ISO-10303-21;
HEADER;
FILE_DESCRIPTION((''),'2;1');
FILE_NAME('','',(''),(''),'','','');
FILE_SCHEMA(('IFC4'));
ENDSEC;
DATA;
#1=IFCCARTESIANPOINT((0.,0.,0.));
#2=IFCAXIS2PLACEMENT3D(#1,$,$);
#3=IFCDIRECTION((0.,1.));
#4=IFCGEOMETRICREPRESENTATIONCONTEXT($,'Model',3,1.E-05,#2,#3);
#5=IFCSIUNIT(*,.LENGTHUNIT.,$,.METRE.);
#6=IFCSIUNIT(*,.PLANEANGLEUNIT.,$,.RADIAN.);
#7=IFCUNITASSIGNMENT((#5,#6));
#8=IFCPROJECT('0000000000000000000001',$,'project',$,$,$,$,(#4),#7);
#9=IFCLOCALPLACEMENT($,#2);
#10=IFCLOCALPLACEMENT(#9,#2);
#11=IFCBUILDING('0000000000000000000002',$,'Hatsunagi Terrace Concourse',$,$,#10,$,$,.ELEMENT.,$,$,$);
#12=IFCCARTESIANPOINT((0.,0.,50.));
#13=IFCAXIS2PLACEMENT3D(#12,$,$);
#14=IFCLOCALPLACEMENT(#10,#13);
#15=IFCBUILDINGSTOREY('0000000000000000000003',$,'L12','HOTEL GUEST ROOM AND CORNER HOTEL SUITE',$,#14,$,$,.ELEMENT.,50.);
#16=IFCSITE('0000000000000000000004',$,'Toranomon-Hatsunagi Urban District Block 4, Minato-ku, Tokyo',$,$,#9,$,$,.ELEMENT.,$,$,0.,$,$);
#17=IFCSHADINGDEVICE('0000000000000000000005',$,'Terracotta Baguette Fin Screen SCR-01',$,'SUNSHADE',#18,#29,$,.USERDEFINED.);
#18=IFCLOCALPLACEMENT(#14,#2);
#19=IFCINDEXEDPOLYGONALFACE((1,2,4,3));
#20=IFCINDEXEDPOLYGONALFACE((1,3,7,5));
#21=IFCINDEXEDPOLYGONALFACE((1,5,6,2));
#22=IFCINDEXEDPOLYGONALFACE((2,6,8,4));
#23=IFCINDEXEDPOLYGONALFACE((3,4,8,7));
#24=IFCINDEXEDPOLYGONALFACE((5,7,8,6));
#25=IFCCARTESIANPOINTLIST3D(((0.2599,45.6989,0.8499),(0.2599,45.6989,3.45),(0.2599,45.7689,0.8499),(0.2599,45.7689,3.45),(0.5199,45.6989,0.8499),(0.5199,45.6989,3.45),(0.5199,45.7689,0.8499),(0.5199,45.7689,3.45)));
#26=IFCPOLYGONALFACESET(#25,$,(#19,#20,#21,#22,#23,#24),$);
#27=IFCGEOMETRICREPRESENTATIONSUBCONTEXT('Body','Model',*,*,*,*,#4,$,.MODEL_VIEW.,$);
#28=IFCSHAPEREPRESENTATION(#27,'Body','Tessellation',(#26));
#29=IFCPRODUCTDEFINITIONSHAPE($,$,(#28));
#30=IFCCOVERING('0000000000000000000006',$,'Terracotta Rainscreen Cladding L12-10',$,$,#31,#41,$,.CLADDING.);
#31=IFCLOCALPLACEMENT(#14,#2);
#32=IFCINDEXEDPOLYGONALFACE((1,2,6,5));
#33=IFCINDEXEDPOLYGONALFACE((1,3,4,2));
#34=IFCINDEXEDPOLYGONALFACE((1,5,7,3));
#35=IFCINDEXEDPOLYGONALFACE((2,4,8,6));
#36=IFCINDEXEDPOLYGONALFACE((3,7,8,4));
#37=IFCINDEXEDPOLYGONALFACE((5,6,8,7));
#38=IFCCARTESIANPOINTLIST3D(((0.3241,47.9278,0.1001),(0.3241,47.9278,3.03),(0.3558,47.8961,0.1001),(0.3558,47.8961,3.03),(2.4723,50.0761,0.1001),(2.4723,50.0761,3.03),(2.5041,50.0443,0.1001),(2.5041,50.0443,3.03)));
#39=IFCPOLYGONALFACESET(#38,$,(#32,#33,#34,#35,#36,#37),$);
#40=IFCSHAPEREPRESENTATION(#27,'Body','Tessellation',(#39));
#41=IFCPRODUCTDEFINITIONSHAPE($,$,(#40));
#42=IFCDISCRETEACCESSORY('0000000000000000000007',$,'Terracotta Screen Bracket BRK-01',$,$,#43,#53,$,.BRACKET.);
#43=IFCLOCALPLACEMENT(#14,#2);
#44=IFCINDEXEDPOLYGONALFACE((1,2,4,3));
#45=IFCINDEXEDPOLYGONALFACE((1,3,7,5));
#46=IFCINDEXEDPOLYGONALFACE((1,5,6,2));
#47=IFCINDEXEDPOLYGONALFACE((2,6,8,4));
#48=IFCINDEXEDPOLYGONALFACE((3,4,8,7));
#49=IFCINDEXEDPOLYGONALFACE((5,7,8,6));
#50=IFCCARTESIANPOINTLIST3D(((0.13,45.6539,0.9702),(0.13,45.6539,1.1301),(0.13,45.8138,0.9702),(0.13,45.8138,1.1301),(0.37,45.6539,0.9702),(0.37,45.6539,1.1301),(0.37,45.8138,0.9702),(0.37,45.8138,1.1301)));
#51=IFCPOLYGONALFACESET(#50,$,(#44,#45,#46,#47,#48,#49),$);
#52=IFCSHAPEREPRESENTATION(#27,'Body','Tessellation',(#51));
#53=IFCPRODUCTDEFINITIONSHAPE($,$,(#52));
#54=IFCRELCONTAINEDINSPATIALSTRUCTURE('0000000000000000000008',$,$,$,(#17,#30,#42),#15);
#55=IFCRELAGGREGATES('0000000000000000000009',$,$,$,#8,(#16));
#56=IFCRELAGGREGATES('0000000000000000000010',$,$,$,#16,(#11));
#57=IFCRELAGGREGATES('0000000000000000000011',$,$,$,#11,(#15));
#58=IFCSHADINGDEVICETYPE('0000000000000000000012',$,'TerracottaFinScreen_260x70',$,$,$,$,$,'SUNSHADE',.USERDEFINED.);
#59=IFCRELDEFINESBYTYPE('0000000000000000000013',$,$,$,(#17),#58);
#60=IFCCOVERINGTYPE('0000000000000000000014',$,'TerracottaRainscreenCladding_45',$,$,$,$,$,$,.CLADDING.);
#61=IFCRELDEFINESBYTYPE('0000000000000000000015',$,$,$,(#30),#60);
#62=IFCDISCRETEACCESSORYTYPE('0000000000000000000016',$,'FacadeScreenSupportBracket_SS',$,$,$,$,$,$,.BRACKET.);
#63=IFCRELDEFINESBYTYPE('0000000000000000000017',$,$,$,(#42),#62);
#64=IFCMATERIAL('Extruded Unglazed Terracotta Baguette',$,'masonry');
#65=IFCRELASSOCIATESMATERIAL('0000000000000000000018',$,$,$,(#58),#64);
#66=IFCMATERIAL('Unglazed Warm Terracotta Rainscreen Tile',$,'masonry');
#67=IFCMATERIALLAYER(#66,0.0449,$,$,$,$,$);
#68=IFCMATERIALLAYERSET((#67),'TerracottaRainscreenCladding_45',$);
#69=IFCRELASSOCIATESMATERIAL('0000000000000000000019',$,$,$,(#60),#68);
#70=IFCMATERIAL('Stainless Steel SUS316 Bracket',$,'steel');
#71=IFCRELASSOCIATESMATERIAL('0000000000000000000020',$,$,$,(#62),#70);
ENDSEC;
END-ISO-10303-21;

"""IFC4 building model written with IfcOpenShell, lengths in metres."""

from ifc_helpers import new_model, si_unit, direction, frame, origin, origin_2d, place, context, subcontext, project, spatial, rectangle, extrude, material, layer, layer_set, type_object, element, save


model = new_model("IFC4")

# Units and contexts
model_context = context("Model", 3, precision=1e-05, world=origin(), true_north=direction((0.0, 1.0)))
body_context = subcontext(model_context, "Body", "Model", "MODEL_VIEW")
ifc_project = project(units=[si_unit("LENGTHUNIT", "METRE"), si_unit("PLANEANGLEUNIT", "RADIAN")], contexts=[model_context])

# Site, building, storey
site_placement = place(None, origin())
site = spatial("IfcSite", under=ifc_project, at=site_placement, Name="Toranomon-Hatsunagi Urban District Block 4, Minato-ku, Tokyo", CompositionType="ELEMENT", RefElevation=0.0)
building_placement = place(site_placement, origin())
building = spatial("IfcBuilding", under=site, at=building_placement, Name="Hatsunagi Terrace Concourse", CompositionType="ELEMENT")
storey_placement = place(building_placement, frame((0.0, 0.0, 50.0)))
storey = spatial("IfcBuildingStorey", under=building, at=storey_placement, Name="L12", Description="HOTEL GUEST ROOM AND CORNER HOTEL SUITE", CompositionType="ELEMENT", Elevation=50.0)

# Shading device
ifc_material_1 = material(Name="Extruded Unglazed Terracotta Baguette", Category="masonry")
shading_device_type = type_object("IfcShadingDeviceType", Name="TerracottaFinScreen_260x70", ElementType="SUNSHADE", PredefinedType="USERDEFINED", material=ifc_material_1)
shading_device_placement = place(storey_placement, frame((0.3899, 45.7339, 0.8499), z_axis=(0.0, 0.0, 1.0), x_axis=(0.0, 1.0, 0.0)))
element("IfcShadingDevice", 1, at=shading_device_placement, inside=storey, type_object=shading_device_type, Name="Terracotta Baguette Fin Screen SCR-01", ObjectType="SUNSHADE", PredefinedType="USERDEFINED", context=body_context, shape_type="SweptSolid", body=[
    extrude(rectangle(XDim=0.0701, YDim=0.26, at=origin_2d()), origin(), (0.0, 0.0, 1.0), 2.6001),
])

# Covering
ifc_material_2 = material(Name="Unglazed Warm Terracotta Rainscreen Tile", Category="masonry")
ifc_layer_1 = layer(ifc_material_2, 0.0449)
ifc_layer_set_1 = layer_set([ifc_layer_1], Name="TerracottaRainscreenCladding_45")
covering_type = type_object("IfcCoveringType", Name="TerracottaRainscreenCladding_45", PredefinedType="CLADDING", material=ifc_layer_set_1)
covering_placement = place(storey_placement, frame((1.4141, 48.9861, 0.1001), z_axis=(0.0, 0.0, 1.0), x_axis=(0.707107, 0.707107, 0.0)))
element("IfcCovering", 2, at=covering_placement, inside=storey, type_object=covering_type, Name="Terracotta Rainscreen Cladding L12-10", PredefinedType="CLADDING", context=body_context, shape_type="SweptSolid", body=[
    extrude(rectangle(XDim=3.0381, YDim=0.0449, at=origin_2d()), origin(), (0.0, 0.0, 1.0), 2.9299),
])

# Discrete accessory
ifc_material_3 = material(Name="Stainless Steel SUS316 Bracket", Category="steel")
discrete_accessory_type = type_object("IfcDiscreteAccessoryType", Name="FacadeScreenSupportBracket_SS", PredefinedType="BRACKET", material=ifc_material_3)
discrete_accessory_placement = place(storey_placement, frame((0.25, 45.7339, 0.9702), z_axis=(0.0, 0.0, 1.0), x_axis=(0.0, 1.0, 0.0)))
element("IfcDiscreteAccessory", 3, at=discrete_accessory_placement, inside=storey, type_object=discrete_accessory_type, Name="Terracotta Screen Bracket BRK-01", PredefinedType="BRACKET", context=body_context, shape_type="SweptSolid", body=[
    extrude(rectangle(XDim=0.1599, YDim=0.24, at=origin_2d()), origin(), (0.0, 0.0, 1.0), 0.1599),
])

save(model, "model.ifc")
